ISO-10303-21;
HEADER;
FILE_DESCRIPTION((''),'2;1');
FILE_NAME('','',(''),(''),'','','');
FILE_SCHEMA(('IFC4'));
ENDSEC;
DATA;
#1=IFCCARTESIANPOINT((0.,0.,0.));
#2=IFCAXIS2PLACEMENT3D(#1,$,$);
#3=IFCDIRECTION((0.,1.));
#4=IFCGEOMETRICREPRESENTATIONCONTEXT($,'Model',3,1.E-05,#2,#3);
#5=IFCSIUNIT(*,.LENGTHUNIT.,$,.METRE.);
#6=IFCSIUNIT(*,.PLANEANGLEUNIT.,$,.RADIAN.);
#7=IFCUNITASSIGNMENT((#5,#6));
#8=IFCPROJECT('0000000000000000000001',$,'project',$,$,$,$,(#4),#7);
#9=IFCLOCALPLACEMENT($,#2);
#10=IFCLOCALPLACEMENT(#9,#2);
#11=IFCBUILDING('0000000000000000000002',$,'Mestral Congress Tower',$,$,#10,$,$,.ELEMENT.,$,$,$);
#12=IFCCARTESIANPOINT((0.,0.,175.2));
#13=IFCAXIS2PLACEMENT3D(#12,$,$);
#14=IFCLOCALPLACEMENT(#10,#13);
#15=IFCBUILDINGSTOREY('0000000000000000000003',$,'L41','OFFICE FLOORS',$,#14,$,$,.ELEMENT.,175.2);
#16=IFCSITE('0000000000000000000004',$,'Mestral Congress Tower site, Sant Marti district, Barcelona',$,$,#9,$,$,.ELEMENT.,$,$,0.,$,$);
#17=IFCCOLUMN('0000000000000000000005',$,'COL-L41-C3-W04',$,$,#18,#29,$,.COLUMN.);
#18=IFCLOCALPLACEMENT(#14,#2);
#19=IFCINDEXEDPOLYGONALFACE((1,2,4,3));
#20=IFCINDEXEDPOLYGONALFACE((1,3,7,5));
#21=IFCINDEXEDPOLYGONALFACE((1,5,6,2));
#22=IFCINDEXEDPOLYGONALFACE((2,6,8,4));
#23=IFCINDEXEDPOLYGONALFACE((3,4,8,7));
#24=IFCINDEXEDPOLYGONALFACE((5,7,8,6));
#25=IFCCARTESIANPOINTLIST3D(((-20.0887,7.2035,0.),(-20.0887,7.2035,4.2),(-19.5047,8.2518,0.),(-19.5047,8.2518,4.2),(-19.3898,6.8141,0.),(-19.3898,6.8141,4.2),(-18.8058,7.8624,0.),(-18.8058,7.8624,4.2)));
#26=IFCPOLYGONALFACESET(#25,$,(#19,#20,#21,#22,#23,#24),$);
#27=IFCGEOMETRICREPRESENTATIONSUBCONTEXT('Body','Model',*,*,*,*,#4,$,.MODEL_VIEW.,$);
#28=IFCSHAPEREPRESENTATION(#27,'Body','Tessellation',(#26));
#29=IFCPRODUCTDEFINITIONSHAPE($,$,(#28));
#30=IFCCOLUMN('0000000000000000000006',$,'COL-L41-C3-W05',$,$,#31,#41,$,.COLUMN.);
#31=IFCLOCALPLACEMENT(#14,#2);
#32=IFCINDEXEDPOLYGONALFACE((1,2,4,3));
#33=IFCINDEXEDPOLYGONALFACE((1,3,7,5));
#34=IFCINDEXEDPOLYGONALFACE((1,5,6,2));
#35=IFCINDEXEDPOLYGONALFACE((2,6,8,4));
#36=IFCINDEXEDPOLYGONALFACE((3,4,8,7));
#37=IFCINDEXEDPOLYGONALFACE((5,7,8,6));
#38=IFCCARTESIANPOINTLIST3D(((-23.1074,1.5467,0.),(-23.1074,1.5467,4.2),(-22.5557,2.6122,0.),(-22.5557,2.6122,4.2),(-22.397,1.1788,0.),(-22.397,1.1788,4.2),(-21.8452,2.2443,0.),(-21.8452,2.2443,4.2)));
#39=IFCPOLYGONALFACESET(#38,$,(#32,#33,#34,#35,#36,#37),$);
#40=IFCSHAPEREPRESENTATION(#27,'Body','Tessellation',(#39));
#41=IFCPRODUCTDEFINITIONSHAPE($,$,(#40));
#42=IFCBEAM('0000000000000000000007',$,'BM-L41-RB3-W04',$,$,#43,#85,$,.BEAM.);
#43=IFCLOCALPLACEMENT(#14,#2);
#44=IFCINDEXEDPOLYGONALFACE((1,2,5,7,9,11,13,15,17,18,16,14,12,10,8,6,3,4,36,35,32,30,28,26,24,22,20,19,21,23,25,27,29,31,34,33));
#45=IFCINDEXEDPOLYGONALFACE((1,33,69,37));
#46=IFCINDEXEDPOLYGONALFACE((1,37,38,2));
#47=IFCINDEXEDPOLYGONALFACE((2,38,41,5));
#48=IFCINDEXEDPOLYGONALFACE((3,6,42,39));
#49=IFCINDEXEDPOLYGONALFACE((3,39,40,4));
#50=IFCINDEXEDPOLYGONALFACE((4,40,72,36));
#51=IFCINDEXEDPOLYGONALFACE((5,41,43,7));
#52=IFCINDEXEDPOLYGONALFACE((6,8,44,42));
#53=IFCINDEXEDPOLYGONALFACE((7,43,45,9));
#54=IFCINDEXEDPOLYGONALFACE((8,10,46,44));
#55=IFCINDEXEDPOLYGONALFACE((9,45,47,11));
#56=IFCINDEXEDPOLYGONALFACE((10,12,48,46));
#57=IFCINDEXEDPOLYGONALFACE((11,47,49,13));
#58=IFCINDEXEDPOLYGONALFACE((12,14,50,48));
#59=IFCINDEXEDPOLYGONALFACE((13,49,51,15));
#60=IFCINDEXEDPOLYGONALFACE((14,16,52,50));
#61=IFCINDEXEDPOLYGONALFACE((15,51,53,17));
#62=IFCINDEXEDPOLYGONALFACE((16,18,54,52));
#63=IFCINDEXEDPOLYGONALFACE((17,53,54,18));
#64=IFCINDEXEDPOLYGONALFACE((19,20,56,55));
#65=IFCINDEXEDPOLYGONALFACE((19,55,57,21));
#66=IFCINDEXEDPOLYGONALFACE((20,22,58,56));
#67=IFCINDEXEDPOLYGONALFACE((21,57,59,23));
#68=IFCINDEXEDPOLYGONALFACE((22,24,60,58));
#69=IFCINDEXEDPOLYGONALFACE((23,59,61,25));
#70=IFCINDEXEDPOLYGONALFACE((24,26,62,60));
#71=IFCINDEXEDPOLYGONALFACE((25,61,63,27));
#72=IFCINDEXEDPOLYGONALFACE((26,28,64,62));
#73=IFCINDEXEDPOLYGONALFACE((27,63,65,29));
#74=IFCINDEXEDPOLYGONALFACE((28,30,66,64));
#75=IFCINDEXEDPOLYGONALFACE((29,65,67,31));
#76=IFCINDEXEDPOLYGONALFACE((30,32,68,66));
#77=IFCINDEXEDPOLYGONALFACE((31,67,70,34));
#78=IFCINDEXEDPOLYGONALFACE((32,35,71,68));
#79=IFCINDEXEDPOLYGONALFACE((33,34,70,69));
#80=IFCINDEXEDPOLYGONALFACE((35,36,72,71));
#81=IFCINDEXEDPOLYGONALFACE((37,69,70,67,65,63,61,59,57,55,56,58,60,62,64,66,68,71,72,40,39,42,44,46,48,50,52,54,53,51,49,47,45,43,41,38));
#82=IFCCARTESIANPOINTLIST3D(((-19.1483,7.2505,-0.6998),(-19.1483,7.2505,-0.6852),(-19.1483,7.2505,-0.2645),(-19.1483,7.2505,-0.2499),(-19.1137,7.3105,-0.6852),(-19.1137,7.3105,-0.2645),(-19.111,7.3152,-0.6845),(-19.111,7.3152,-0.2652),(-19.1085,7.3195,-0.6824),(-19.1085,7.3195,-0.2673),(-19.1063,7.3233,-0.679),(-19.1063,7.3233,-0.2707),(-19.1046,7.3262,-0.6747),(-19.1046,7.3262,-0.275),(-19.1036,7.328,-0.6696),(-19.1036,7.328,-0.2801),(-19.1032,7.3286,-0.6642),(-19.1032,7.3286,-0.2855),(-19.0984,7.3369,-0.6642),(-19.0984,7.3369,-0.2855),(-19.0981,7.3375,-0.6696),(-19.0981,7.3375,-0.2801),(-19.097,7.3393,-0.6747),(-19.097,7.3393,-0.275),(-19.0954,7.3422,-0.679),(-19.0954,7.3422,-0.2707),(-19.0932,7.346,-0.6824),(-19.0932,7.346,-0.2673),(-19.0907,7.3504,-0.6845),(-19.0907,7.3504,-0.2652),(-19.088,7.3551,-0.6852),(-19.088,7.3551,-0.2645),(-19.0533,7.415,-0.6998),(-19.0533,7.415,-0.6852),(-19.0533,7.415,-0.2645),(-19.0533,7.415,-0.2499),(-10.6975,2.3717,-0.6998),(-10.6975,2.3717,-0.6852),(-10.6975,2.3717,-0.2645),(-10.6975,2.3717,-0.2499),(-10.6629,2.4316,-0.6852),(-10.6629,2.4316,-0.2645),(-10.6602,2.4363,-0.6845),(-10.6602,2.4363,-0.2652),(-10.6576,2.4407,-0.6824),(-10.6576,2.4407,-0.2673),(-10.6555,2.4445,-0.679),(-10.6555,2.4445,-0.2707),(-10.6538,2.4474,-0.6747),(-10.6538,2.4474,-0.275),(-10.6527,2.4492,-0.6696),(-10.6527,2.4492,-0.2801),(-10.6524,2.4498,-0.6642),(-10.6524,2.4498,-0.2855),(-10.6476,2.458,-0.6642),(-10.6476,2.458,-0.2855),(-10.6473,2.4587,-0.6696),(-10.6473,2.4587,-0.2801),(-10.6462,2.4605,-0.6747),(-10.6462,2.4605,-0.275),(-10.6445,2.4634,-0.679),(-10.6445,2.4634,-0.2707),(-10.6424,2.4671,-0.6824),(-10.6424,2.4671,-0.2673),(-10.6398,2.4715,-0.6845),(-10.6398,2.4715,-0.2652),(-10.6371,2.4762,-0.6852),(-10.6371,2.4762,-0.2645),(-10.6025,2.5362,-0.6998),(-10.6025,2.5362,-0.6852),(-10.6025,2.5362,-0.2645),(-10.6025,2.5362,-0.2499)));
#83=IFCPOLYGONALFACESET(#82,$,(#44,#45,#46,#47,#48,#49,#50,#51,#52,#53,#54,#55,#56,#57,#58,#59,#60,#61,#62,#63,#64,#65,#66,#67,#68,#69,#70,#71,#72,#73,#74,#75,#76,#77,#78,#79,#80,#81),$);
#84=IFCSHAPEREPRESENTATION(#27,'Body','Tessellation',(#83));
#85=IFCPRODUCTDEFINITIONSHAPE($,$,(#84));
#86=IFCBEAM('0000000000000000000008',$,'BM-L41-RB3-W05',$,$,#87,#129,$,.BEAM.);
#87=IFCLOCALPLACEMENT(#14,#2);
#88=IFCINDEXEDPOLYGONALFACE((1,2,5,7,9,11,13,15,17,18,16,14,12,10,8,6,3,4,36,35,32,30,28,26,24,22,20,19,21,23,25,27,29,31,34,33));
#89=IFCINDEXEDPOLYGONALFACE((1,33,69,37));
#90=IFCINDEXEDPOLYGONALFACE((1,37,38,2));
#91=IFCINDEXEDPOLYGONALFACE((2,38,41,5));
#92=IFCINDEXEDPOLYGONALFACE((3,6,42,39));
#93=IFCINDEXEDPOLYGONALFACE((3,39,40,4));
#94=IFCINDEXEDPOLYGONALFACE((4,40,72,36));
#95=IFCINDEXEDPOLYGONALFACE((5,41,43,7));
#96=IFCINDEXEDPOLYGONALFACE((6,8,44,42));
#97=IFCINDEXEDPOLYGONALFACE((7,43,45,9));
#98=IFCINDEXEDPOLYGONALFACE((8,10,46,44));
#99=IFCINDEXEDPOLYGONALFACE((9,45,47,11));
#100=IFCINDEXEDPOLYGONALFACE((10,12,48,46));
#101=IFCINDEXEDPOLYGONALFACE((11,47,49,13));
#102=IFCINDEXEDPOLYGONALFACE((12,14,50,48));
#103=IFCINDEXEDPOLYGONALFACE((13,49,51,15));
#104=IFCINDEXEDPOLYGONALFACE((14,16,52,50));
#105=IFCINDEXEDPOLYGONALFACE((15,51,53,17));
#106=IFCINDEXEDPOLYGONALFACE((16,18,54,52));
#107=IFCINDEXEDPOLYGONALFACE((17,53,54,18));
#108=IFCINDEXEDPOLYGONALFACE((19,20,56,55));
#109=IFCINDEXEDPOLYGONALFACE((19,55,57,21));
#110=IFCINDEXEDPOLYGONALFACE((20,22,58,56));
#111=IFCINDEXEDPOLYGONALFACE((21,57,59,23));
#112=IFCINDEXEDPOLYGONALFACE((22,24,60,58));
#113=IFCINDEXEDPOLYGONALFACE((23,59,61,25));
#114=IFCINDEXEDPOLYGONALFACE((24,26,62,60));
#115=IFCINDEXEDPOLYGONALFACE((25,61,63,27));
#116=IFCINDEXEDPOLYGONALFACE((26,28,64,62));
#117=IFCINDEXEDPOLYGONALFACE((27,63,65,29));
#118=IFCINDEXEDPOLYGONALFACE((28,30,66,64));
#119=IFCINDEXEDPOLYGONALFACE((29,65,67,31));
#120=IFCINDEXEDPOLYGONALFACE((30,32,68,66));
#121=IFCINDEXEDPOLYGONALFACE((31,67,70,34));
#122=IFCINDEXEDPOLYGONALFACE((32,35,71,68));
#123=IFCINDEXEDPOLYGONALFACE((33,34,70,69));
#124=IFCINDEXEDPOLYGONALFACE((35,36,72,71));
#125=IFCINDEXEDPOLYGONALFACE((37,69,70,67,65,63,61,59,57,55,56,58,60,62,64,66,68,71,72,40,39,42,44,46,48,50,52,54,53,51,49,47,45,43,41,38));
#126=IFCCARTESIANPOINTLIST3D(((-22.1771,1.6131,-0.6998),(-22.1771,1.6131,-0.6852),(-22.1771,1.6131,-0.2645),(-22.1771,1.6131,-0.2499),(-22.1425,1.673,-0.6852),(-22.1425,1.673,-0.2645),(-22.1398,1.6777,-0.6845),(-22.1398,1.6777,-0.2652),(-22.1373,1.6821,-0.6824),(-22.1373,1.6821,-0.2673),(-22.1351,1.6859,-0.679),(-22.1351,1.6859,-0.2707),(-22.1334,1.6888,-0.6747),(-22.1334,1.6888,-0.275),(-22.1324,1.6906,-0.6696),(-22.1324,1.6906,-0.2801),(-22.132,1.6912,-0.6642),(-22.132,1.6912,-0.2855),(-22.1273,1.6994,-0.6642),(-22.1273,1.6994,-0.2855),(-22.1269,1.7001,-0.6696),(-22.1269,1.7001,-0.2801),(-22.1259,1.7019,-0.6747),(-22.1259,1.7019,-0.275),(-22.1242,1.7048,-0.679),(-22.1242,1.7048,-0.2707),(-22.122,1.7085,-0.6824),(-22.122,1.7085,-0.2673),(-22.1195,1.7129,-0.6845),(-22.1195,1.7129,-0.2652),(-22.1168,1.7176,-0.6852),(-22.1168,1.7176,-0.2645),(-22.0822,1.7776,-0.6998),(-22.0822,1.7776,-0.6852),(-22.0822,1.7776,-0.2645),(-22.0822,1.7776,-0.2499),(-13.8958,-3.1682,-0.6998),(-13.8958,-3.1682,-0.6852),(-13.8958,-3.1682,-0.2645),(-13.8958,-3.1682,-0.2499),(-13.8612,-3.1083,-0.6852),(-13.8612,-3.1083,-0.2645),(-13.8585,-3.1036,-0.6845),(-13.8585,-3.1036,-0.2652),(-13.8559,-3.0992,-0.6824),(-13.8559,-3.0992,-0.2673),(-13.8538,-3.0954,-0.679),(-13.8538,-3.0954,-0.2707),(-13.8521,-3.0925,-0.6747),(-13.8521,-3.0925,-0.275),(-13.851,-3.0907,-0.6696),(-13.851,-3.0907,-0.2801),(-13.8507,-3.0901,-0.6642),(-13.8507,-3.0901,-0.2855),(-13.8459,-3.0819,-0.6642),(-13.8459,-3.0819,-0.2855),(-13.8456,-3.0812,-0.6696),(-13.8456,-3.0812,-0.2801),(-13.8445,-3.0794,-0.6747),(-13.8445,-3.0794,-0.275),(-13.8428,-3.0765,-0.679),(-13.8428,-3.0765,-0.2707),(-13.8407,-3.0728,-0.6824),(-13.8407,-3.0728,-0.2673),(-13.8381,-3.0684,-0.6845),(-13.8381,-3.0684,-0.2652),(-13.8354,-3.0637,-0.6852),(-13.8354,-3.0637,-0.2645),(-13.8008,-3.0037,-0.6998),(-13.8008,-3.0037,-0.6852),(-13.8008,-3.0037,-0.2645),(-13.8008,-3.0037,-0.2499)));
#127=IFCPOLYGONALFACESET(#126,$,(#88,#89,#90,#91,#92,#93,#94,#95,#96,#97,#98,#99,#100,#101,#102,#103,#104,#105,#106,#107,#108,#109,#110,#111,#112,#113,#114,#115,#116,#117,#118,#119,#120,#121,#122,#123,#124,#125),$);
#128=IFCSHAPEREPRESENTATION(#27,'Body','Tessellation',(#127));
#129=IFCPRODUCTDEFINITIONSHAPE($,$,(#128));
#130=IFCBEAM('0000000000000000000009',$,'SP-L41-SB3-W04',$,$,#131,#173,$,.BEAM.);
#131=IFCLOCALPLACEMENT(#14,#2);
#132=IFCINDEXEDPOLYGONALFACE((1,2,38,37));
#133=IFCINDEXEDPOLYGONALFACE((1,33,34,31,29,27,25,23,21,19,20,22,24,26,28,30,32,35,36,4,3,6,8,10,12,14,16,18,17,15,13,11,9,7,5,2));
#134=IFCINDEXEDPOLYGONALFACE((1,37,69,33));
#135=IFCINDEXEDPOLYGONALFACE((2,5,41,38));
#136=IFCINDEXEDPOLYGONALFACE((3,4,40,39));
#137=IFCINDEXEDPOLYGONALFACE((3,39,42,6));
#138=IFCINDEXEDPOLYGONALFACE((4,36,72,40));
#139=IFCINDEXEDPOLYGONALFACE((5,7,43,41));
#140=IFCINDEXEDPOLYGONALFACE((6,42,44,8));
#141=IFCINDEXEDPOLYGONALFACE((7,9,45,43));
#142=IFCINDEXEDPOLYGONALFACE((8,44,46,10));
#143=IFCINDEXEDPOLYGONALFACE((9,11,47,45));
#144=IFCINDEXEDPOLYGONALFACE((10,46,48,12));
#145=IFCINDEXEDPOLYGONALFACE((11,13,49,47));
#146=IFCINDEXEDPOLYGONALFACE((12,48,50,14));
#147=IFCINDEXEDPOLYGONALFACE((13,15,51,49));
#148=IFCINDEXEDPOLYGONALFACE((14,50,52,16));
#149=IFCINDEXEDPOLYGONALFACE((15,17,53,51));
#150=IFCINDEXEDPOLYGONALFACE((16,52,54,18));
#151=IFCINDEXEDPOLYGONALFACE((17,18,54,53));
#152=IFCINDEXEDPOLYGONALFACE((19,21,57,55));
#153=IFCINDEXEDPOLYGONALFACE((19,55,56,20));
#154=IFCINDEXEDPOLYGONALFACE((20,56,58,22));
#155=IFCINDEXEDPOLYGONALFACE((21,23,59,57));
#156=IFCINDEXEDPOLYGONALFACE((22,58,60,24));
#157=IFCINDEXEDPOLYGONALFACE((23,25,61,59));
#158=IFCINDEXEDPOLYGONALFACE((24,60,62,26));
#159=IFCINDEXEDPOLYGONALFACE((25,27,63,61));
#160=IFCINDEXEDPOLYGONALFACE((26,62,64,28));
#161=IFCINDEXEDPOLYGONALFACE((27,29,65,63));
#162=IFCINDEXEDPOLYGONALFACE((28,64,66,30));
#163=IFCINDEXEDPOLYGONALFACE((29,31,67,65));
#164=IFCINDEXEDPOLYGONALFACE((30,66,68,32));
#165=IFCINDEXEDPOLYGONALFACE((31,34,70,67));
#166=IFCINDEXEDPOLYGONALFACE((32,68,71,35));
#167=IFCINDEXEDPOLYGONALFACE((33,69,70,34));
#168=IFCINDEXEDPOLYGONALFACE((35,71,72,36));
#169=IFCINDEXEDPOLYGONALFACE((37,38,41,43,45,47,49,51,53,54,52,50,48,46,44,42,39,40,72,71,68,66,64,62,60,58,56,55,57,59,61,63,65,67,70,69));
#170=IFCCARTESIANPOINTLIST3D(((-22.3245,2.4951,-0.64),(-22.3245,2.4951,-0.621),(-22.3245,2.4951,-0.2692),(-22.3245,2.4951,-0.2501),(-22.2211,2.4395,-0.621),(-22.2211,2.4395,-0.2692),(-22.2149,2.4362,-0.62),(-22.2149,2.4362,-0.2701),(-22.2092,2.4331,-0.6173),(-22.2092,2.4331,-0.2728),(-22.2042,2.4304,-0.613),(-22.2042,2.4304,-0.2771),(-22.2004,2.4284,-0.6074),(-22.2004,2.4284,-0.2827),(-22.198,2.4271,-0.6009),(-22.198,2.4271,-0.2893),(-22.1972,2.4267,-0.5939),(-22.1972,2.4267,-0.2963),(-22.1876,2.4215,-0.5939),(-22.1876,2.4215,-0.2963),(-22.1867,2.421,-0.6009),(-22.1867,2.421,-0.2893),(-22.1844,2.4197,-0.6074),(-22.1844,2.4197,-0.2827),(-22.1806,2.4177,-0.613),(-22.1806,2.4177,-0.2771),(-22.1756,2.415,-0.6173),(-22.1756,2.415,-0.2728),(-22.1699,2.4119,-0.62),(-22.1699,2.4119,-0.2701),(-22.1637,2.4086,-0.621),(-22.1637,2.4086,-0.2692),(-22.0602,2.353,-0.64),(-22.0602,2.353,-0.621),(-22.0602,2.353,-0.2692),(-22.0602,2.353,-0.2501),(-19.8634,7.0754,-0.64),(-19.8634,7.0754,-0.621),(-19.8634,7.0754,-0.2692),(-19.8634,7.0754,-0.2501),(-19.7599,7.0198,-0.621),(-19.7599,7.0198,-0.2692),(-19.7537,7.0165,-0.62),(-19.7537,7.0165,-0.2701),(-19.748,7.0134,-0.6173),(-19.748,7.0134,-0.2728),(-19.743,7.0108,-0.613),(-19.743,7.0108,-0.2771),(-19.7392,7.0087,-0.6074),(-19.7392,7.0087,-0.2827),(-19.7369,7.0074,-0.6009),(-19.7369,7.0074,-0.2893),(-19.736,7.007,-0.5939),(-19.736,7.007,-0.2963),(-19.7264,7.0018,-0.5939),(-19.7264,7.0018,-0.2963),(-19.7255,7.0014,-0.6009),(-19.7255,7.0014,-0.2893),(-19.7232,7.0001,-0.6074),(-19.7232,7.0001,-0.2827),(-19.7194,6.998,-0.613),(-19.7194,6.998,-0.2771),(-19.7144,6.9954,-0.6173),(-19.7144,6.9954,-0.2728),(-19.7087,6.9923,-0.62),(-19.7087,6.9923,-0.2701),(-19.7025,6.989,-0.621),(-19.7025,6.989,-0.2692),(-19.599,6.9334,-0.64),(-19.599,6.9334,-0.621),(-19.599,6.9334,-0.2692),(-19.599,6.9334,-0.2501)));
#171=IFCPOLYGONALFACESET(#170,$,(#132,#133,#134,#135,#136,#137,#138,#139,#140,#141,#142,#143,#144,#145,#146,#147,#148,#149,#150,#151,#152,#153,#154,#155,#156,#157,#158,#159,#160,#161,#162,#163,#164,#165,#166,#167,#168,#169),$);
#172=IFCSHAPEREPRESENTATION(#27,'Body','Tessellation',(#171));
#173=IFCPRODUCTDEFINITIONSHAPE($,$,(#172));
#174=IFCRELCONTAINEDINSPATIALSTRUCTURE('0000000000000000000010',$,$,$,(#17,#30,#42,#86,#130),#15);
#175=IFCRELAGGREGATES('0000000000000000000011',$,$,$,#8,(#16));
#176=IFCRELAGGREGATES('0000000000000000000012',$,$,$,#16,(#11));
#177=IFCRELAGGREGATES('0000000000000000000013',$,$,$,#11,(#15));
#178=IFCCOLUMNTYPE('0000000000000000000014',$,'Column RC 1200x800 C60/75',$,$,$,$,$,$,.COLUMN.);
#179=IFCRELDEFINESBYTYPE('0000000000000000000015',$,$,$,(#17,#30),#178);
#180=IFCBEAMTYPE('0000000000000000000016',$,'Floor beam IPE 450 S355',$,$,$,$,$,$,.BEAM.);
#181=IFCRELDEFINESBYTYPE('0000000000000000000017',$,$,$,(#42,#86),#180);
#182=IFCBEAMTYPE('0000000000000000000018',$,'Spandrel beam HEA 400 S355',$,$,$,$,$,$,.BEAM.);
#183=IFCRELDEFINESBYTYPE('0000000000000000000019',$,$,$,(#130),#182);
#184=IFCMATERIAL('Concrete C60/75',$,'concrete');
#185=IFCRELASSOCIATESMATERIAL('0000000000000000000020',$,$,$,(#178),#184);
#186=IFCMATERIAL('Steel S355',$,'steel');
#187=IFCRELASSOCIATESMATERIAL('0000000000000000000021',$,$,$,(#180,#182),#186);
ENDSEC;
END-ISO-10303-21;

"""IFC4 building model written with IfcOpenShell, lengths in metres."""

from ifc_helpers import new_model, si_unit, direction, frame, origin, origin_2d, place, context, subcontext, project, spatial, rectangle, i_section, extrude, material, material_profile, profile_set, type_object, element, save


model = new_model("IFC4")

# Units and contexts
model_context = context("Model", 3, precision=1e-05, world=origin(), true_north=direction((0.0, 1.0)))
body_context = subcontext(model_context, "Body", "Model", "MODEL_VIEW")
ifc_project = project(units=[si_unit("LENGTHUNIT", "METRE"), si_unit("PLANEANGLEUNIT", "RADIAN")], contexts=[model_context])

# Site, building, storey
site_placement = place(None, origin())
site = spatial("IfcSite", under=ifc_project, at=site_placement, Name="Mestral Congress Tower site, Sant Marti district, Barcelona", CompositionType="ELEMENT", RefElevation=0.0)
building_placement = place(site_placement, origin())
building = spatial("IfcBuilding", under=site, at=building_placement, Name="Mestral Congress Tower", CompositionType="ELEMENT")
storey_placement = place(building_placement, frame((0.0, 0.0, 175.2)))
storey = spatial("IfcBuildingStorey", under=building, at=storey_placement, Name="L41", Description="OFFICE FLOORS", CompositionType="ELEMENT", Elevation=175.2)

# Columns
ifc_material_1 = material(Name="Concrete C60/75", Category="concrete")
ifc_material_profile_1 = material_profile(ifc_material_1, rectangle(XDim=1.2, YDim=0.8, at=origin_2d()), Name="RC 1200x800")
ifc_profile_set_1 = profile_set([ifc_material_profile_1], Name="Concrete C60/75")
column_type = type_object("IfcColumnType", Name="Column RC 1200x800 C60/75", PredefinedType="COLUMN", material=ifc_profile_set_1)
for number, where, z_axis, x_axis, name in (
    (1, (-19.4473, 7.533, 0.0), (0.0, 0.0, 1.0), (-0.486724, -0.873556, 0.0), "COL-L41-C3-W04"),
    (2, (-22.4763, 1.8955, 0.0), (0.0, 0.0, 1.0), (-0.459837, -0.888003, 0.0), "COL-L41-C3-W05"),
):
    element("IfcColumn", number, at=place(storey_placement, frame(where, z_axis=z_axis, x_axis=x_axis)), inside=storey, type_object=column_type, Name=name, PredefinedType="COLUMN", context=body_context, shape_type="SweptSolid", body=[
        extrude(rectangle(XDim=1.2, YDim=0.8, at=origin_2d()), origin(), (0.0, 0.0, 1.0), 4.2),
    ])

# Beams
ifc_material_2 = material(Name="Steel S355", Category="steel")
ifc_material_profile_2 = material_profile(ifc_material_2, i_section(OverallWidth=0.1899, OverallDepth=0.45, WebThickness=0.0095, FlangeThickness=0.0146, FilletRadius=0.021, at=origin_2d()), Name="IPE 450")
ifc_profile_set_2 = profile_set([ifc_material_profile_2], Name="Steel S355")
beam_type_1 = type_object("IfcBeamType", Name="Floor beam IPE 450 S355", PredefinedType="BEAM", material=ifc_profile_set_2)
beam_1_placement = place(storey_placement, frame((-19.1008, 7.3328, -0.4749), z_axis=(0.866036, -0.499982, 0.0), x_axis=(0.499982, 0.866036, 0.0)))
element("IfcBeam", 3, at=beam_1_placement, inside=storey, type_object=beam_type_1, Name="BM-L41-RB3-W04", PredefinedType="BEAM", context=body_context, shape_type="SweptSolid", body=[
    extrude(i_section(OverallWidth=0.1899, OverallDepth=0.45, WebThickness=0.0095, FlangeThickness=0.0146, FilletRadius=0.021, at=origin_2d()), origin(), (0.0, 0.0, 1.0), 9.7581),
])
beam_2_placement = place(storey_placement, frame((-22.1296, 1.6953, -0.4749), z_axis=(0.866022, -0.500005, 0.0), x_axis=(0.500005, 0.866022, 0.0)))
element("IfcBeam", 4, at=beam_2_placement, inside=storey, type_object=beam_type_1, Name="BM-L41-RB3-W05", PredefinedType="BEAM", context=body_context, shape_type="SweptSolid", body=[
    extrude(i_section(OverallWidth=0.1899, OverallDepth=0.45, WebThickness=0.0095, FlangeThickness=0.0146, FilletRadius=0.021, at=origin_2d()), origin(), (0.0, 0.0, 1.0), 9.5625),
])
ifc_material_profile_3 = material_profile(ifc_material_2, i_section(OverallWidth=0.3, OverallDepth=0.3899, WebThickness=0.011, FlangeThickness=0.019, FilletRadius=0.0271, at=origin_2d()), Name="HEA 400")
ifc_profile_set_3 = profile_set([ifc_material_profile_3], Name="Steel S355")
beam_type_2 = type_object("IfcBeamType", Name="Spandrel beam HEA 400 S355", PredefinedType="BEAM", material=ifc_profile_set_3)
beam_3_placement = place(storey_placement, frame((-19.7312, 7.0044, -0.4451), z_axis=(-0.473332, -0.880884, 0.0), x_axis=(0.880884, -0.473332, 0.0)))
element("IfcBeam", 5, at=beam_3_placement, inside=storey, type_object=beam_type_2, Name="SP-L41-SB3-W04", PredefinedType="BEAM", context=body_context, shape_type="SweptSolid", body=[
    extrude(i_section(OverallWidth=0.3, OverallDepth=0.3899, WebThickness=0.011, FlangeThickness=0.019, FilletRadius=0.0271, at=origin_2d()), origin(), (0.0, 0.0, 1.0), 5.1997),
])

save(model, "model.ifc")
